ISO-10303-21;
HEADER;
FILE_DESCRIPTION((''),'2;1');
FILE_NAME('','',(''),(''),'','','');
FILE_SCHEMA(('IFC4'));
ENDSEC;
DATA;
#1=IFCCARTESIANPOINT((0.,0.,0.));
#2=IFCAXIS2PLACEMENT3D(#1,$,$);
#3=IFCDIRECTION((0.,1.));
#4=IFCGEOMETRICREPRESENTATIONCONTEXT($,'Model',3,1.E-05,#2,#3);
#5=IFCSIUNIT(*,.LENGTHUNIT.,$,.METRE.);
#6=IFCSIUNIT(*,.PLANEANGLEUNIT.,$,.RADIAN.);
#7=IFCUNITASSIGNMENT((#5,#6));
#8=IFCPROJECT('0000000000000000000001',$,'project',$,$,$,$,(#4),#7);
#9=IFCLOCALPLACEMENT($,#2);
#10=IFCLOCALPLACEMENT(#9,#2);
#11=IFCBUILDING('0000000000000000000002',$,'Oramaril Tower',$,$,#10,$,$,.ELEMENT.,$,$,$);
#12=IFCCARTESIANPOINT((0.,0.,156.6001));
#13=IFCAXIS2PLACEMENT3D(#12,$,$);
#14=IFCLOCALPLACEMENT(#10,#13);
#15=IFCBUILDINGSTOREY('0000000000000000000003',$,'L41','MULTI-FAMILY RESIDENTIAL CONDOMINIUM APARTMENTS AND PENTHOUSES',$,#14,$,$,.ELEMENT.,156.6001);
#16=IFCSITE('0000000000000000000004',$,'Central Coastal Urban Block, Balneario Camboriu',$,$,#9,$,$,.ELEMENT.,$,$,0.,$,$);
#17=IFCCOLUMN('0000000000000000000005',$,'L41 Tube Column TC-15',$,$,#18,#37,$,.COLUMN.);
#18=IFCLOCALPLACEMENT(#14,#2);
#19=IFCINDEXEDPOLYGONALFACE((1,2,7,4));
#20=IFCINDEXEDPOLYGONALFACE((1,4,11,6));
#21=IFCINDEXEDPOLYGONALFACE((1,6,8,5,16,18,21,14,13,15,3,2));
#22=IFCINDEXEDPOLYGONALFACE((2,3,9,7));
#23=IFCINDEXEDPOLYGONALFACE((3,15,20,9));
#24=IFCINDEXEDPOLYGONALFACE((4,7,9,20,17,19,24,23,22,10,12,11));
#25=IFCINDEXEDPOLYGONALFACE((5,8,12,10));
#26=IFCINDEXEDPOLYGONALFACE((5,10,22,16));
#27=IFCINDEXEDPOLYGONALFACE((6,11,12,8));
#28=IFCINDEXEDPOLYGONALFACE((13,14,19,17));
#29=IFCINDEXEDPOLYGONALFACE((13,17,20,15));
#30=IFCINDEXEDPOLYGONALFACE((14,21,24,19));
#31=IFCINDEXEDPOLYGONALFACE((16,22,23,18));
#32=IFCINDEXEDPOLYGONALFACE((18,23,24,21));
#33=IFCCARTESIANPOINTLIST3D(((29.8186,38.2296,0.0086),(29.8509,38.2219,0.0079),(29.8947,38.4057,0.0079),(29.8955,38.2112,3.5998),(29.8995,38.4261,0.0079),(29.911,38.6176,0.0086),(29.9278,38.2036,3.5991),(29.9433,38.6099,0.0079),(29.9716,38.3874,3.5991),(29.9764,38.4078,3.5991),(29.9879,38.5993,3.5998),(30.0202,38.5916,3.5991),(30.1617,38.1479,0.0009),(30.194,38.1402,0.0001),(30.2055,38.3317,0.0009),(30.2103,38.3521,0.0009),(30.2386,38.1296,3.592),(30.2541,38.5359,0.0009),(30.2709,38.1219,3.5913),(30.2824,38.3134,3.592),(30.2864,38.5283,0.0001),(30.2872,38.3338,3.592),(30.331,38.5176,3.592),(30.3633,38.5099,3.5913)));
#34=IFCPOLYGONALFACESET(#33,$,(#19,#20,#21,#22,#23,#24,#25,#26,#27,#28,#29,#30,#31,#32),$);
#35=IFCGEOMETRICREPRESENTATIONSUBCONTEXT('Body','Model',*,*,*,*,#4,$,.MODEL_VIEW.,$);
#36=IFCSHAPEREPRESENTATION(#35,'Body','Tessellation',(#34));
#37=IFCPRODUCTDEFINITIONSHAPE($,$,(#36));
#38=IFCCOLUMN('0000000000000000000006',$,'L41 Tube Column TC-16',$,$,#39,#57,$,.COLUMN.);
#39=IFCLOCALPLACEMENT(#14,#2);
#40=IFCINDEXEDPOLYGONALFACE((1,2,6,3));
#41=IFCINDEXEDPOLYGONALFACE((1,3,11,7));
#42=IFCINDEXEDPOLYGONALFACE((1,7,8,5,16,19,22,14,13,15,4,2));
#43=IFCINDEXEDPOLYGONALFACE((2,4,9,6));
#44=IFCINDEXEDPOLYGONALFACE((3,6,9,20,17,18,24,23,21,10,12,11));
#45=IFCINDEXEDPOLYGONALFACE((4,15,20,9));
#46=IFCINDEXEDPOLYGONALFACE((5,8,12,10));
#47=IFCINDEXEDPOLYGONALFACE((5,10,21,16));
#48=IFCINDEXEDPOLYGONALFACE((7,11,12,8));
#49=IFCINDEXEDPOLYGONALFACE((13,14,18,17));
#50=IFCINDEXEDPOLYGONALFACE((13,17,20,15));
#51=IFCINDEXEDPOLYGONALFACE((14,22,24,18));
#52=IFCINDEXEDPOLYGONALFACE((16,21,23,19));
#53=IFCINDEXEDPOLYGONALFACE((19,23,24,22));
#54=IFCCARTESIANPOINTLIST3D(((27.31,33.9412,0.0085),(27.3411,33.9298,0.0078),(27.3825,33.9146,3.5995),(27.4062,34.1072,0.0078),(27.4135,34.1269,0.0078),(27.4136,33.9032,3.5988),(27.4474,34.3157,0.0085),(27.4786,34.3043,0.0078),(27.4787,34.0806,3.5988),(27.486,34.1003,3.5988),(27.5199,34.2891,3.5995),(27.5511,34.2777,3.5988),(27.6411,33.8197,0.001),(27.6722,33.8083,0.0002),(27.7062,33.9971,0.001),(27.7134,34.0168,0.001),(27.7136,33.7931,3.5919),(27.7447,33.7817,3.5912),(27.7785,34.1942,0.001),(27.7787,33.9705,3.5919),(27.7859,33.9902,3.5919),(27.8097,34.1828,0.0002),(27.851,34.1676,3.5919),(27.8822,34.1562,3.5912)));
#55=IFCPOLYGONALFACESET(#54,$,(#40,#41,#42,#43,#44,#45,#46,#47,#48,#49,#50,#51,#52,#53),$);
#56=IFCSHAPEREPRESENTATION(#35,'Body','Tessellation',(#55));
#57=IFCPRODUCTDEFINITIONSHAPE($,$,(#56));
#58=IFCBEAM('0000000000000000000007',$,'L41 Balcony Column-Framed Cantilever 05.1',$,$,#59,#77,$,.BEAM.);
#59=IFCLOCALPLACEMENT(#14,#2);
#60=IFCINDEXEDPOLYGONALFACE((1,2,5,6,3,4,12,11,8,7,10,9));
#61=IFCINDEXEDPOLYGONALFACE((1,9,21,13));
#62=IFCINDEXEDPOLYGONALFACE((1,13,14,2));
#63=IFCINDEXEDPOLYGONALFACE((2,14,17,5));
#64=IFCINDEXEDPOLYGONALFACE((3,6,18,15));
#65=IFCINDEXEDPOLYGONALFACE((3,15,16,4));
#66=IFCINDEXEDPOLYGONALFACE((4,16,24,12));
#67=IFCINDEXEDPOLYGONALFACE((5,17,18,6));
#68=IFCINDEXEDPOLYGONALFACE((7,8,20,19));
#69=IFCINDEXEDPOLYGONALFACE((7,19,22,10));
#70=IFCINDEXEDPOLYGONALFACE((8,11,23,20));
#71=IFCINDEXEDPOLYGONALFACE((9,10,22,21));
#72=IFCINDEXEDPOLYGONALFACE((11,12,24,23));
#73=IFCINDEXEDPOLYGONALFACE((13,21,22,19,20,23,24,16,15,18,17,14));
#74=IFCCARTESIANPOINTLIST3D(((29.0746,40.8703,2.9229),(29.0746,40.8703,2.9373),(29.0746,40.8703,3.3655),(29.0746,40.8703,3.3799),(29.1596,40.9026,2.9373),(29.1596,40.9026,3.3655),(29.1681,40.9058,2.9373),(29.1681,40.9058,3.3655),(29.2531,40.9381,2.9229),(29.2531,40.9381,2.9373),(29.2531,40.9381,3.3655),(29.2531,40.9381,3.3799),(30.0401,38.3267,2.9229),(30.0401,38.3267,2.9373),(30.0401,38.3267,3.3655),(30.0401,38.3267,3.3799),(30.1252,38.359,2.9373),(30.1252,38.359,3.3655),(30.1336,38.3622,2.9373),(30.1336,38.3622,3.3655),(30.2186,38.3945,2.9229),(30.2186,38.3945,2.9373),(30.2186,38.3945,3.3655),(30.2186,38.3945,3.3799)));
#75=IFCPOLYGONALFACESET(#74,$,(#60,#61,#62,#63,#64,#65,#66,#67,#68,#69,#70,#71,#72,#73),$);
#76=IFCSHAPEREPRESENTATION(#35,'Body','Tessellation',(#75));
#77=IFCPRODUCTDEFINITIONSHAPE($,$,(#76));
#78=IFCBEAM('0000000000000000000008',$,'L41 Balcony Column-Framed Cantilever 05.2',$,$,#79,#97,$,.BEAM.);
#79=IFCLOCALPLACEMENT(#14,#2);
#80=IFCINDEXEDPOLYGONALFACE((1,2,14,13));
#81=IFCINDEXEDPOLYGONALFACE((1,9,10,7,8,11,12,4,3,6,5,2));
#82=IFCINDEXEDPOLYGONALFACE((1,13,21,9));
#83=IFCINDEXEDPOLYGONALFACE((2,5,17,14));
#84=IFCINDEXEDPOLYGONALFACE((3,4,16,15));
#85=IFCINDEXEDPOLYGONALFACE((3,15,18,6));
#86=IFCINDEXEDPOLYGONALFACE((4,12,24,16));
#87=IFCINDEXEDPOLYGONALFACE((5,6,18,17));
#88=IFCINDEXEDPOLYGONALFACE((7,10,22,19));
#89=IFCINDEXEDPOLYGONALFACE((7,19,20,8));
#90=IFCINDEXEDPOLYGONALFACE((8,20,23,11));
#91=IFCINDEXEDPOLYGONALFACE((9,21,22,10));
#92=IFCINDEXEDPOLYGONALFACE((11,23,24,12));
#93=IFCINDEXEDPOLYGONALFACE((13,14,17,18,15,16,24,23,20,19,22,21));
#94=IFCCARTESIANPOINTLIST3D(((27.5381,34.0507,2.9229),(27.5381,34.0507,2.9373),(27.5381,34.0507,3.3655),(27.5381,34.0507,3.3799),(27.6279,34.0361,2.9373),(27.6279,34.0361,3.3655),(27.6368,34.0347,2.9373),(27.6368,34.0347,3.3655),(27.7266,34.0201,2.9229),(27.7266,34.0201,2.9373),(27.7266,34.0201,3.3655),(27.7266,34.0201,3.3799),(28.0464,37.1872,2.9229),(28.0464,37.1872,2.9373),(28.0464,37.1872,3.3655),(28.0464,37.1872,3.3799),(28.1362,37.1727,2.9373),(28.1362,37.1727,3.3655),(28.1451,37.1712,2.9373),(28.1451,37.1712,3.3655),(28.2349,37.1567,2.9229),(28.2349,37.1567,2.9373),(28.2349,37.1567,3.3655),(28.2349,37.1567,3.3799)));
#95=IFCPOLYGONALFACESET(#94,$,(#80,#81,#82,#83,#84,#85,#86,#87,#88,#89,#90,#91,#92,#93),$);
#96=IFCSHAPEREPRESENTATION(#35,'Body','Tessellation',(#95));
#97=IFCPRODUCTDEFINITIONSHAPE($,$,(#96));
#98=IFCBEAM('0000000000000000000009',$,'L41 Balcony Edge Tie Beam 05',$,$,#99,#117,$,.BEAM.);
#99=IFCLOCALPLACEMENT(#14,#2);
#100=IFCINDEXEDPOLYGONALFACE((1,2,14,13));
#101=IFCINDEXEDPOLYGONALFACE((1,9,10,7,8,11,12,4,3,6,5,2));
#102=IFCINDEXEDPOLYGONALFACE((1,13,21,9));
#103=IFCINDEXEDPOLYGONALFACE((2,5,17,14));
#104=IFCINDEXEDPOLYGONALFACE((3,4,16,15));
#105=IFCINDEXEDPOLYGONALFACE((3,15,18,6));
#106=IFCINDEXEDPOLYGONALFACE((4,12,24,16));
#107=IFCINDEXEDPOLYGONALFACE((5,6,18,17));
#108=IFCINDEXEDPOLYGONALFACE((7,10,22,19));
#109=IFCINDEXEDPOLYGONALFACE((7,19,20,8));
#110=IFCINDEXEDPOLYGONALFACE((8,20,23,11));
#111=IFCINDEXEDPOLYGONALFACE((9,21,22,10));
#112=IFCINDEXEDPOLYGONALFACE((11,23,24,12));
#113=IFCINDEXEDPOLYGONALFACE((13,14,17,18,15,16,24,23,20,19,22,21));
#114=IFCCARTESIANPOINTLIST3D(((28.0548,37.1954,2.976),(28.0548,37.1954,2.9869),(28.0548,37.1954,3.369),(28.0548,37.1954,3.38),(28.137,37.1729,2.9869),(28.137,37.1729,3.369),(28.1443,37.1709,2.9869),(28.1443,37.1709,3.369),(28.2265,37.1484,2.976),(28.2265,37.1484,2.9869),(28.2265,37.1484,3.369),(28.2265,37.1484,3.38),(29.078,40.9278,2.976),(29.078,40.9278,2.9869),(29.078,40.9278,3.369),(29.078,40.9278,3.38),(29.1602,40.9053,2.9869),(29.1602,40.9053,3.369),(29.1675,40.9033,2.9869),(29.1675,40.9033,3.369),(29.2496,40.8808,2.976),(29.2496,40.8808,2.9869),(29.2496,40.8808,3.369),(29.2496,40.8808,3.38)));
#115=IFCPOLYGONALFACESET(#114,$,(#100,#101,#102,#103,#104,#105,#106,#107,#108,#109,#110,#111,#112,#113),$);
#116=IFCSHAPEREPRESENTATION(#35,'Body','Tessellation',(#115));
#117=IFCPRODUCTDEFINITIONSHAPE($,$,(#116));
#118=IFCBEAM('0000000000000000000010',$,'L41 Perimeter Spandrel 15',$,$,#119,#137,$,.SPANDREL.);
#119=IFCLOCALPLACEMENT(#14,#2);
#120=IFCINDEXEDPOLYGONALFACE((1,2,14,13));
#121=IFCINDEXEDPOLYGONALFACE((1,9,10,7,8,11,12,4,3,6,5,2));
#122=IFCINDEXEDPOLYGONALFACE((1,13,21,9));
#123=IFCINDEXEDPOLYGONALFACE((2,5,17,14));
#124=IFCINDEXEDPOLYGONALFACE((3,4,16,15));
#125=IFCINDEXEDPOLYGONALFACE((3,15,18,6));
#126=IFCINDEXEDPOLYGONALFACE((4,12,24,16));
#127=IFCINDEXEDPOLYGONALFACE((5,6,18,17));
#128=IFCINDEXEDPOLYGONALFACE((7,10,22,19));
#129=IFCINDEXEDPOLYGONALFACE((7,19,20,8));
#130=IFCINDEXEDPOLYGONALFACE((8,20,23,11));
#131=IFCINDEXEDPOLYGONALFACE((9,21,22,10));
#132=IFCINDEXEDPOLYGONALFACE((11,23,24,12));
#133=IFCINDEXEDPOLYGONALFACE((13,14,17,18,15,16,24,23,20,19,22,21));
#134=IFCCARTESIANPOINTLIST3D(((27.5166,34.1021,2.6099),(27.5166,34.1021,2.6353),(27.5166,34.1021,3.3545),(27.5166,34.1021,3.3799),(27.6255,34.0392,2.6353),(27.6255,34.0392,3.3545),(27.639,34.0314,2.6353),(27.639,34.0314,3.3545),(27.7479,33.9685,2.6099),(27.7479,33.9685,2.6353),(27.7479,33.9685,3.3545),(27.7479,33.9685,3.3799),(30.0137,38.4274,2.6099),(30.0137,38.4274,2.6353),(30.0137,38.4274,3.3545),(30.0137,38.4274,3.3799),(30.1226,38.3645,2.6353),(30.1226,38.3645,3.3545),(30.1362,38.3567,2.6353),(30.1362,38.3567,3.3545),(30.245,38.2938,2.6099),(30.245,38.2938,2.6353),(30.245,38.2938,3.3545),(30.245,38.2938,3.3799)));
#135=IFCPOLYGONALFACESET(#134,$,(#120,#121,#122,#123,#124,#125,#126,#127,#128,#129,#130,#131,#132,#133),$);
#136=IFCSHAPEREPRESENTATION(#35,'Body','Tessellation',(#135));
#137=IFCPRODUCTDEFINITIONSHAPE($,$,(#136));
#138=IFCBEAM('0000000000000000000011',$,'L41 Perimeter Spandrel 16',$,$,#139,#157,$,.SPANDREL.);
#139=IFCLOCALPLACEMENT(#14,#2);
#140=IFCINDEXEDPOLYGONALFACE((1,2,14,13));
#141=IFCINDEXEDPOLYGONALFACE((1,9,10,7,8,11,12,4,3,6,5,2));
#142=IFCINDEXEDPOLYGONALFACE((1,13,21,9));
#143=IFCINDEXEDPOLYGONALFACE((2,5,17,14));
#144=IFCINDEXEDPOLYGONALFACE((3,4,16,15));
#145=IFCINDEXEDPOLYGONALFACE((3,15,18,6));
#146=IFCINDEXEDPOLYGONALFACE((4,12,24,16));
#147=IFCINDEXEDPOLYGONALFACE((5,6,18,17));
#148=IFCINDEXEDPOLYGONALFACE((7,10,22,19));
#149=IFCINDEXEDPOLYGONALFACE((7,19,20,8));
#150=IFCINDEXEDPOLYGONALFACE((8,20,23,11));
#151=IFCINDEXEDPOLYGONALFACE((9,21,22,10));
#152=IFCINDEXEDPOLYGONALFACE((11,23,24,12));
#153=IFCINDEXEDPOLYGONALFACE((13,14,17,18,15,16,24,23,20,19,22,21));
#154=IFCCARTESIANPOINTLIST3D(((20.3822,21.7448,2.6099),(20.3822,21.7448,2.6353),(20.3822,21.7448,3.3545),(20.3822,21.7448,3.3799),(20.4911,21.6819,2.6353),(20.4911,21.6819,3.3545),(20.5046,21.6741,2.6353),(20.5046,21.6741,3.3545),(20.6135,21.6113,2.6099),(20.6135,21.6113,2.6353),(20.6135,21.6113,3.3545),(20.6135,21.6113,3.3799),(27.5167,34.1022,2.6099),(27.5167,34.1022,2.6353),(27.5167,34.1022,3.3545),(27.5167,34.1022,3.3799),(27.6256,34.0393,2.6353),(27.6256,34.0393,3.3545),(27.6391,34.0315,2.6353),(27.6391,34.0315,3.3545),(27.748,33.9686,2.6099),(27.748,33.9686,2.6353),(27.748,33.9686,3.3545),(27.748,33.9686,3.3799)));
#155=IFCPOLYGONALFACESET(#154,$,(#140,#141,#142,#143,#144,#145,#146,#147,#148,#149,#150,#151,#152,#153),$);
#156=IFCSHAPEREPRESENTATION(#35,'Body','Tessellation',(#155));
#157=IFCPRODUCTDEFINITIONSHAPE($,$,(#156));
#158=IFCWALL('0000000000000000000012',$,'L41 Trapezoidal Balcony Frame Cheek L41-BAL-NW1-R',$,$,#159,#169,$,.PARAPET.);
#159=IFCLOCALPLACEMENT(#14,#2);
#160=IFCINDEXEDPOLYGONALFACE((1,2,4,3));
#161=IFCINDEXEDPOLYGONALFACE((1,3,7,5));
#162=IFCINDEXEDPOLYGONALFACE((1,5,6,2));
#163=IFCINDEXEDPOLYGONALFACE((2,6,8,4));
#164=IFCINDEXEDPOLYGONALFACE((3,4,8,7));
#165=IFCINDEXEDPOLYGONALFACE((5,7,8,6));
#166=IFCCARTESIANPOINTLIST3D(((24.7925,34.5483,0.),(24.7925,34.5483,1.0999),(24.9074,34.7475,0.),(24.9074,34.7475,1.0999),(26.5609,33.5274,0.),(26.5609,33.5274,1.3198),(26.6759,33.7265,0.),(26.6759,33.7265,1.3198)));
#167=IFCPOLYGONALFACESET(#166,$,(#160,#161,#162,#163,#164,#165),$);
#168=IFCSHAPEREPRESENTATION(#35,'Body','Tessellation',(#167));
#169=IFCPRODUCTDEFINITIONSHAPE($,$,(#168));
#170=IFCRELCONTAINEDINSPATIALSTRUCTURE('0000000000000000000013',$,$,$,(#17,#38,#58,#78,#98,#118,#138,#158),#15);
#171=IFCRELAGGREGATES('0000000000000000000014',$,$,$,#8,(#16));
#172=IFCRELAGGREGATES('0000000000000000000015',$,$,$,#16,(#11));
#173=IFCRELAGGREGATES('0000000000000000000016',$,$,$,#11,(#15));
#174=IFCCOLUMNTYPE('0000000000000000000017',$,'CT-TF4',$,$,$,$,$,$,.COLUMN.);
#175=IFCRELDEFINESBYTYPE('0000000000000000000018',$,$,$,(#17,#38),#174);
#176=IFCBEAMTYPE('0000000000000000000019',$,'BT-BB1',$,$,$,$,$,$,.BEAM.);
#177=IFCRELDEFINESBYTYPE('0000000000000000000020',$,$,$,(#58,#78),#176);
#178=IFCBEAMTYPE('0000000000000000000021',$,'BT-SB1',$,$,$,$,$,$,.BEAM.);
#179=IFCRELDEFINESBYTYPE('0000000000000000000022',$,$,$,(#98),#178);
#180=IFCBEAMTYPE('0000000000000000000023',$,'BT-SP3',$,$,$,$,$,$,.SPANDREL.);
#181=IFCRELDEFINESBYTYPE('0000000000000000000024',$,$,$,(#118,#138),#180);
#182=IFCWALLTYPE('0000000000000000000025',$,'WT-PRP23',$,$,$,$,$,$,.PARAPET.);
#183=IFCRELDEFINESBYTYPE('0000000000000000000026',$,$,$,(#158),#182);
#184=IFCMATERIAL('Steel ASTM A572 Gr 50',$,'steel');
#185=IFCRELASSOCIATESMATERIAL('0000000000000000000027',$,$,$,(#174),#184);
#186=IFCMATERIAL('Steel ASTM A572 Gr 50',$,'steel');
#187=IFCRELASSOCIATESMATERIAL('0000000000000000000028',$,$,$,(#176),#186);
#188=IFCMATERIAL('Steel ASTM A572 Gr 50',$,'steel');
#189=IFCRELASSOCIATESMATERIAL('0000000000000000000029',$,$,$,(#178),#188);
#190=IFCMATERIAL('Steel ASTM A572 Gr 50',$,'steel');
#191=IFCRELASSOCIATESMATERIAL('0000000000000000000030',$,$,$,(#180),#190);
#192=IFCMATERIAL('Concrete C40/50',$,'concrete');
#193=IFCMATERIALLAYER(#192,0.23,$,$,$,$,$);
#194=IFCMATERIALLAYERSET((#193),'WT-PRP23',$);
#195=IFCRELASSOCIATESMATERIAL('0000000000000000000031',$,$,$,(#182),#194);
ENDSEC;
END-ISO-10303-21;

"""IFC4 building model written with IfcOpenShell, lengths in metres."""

from ifc_helpers import new_model, si_unit, direction, frame, origin, origin_2d, place, context, subcontext, project, spatial, polyline, i_section, outline, extrude, material, layer, layer_set, material_profile, profile_set, type_object, element, save


model = new_model("IFC4")

# Units and contexts
model_context = context("Model", 3, precision=1e-05, world=origin(), true_north=direction((0.0, 1.0)))
body_context = subcontext(model_context, "Body", "Model", "MODEL_VIEW")
ifc_project = project(units=[si_unit("LENGTHUNIT", "METRE"), si_unit("PLANEANGLEUNIT", "RADIAN")], contexts=[model_context])

# Site, building, storey
site_placement = place(None, origin())
site = spatial("IfcSite", under=ifc_project, at=site_placement, Name="Central Coastal Urban Block, Balneario Camboriu", CompositionType="ELEMENT", RefElevation=0.0)
building_placement = place(site_placement, origin())
building = spatial("IfcBuilding", under=site, at=building_placement, Name="Oramaril Tower", CompositionType="ELEMENT")
storey_placement = place(building_placement, frame((0.0, 0.0, 156.6001)))
storey = spatial("IfcBuildingStorey", under=building, at=storey_placement, Name="L41", Description="MULTI-FAMILY RESIDENTIAL CONDOMINIUM APARTMENTS AND PENTHOUSES", CompositionType="ELEMENT", Elevation=156.6001)

# Columns
ifc_material_1 = material(Name="Steel ASTM A572 Gr 50", Category="steel")
ifc_material_profile_1 = material_profile(ifc_material_1, i_section(OverallWidth=0.3989, OverallDepth=0.386, WebThickness=0.021, FlangeThickness=0.0332, at=origin_2d()), Name="W14X176")
ifc_profile_set_1 = profile_set([ifc_material_profile_1], Name="Steel ASTM A572 Gr 50")
column_type = type_object("IfcColumnType", Name="CT-TF4", PredefinedType="COLUMN", material=ifc_profile_set_1)
column_1_placement = place(storey_placement, frame((30.0525, 38.3789, 0.0044), z_axis=(0.02141, -0.005098, 0.999758), x_axis=(0.231621, 0.972806, 0.0)))
element("IfcColumn", 1, at=column_1_placement, inside=storey, type_object=column_type, Name="L41 Tube Column TC-15", PredefinedType="COLUMN", context=body_context, shape_type="SweptSolid", body=[
    extrude(i_section(OverallWidth=0.3989, OverallDepth=0.386, WebThickness=0.021, FlangeThickness=0.0332, at=origin_2d()), origin(), (0.0, 0.0, 1.0), 3.592),
])
column_2_placement = place(storey_placement, frame((27.5598, 34.062, 0.0044), z_axis=(0.020187, -0.007409, 0.999769), x_axis=(0.344533, 0.938774, 0.0)))
element("IfcColumn", 2, at=column_2_placement, inside=storey, type_object=column_type, Name="L41 Tube Column TC-16", PredefinedType="COLUMN", context=body_context, shape_type="SweptSolid", body=[
    extrude(i_section(OverallWidth=0.3989, OverallDepth=0.386, WebThickness=0.021, FlangeThickness=0.0332, at=origin_2d()), origin(), (0.0, 0.0, 1.0), 3.5918),
])

# Beams
ifc_material_2 = material(Name="Steel ASTM A572 Gr 50", Category="steel")
ifc_material_profile_2 = material_profile(ifc_material_2, i_section(OverallWidth=0.1909, OverallDepth=0.457, WebThickness=0.009, FlangeThickness=0.0144, at=origin_2d()), Name="W18X50")
ifc_profile_set_2 = profile_set([ifc_material_profile_2], Name="Steel ASTM A572 Gr 50")
beam_type_1 = type_object("IfcBeamType", Name="BT-BB1", PredefinedType="BEAM", material=ifc_profile_set_2)
beam_1_placement = place(storey_placement, frame((30.1294, 38.3606, 3.1514), z_axis=(-0.354887, 0.934909, 0.0), x_axis=(-0.934909, -0.354887, 0.0)))
element("IfcBeam", 3, at=beam_1_placement, inside=storey, type_object=beam_type_1, Name="L41 Balcony Column-Framed Cantilever 05.1", PredefinedType="BEAM", context=body_context, shape_type="SweptSolid", body=[
    extrude(i_section(OverallWidth=0.1909, OverallDepth=0.457, WebThickness=0.009, FlangeThickness=0.0144, at=origin_2d()), origin(), (0.0, 0.0, 1.0), 2.7207),
])
beam_2_placement = place(storey_placement, frame((27.6323, 34.0354, 3.1514), z_axis=(0.159974, 0.987121, 0.0), x_axis=(-0.987121, 0.159974, 0.0)))
element("IfcBeam", 4, at=beam_2_placement, inside=storey, type_object=beam_type_1, Name="L41 Balcony Column-Framed Cantilever 05.2", PredefinedType="BEAM", context=body_context, shape_type="SweptSolid", body=[
    extrude(i_section(OverallWidth=0.1909, OverallDepth=0.457, WebThickness=0.009, FlangeThickness=0.0144, at=origin_2d()), origin(), (0.0, 0.0, 1.0), 3.1775),
])
ifc_material_3 = material(Name="Steel ASTM A572 Gr 50", Category="steel")
ifc_material_profile_3 = material_profile(ifc_material_3, i_section(OverallWidth=0.178, OverallDepth=0.4041, WebThickness=0.0076, FlangeThickness=0.011, at=origin_2d()), Name="W16X36")
ifc_profile_set_3 = profile_set([ifc_material_profile_3], Name="Steel ASTM A572 Gr 50")
beam_type_2 = type_object("IfcBeamType", Name="BT-SB1", PredefinedType="BEAM", material=ifc_profile_set_3)
beam_3_placement = place(storey_placement, frame((29.1638, 40.9043, 3.178), z_axis=(-0.264382, -0.964418, 0.0), x_axis=(0.964418, -0.264382, 0.0)))
element("IfcBeam", 5, at=beam_3_placement, inside=storey, type_object=beam_type_2, Name="L41 Balcony Edge Tie Beam 05", PredefinedType="BEAM", context=body_context, shape_type="SweptSolid", body=[
    extrude(i_section(OverallWidth=0.178, OverallDepth=0.4041, WebThickness=0.0076, FlangeThickness=0.011, at=origin_2d()), origin(), (0.0, 0.0, 1.0), 3.8701),
])
ifc_material_4 = material(Name="Steel ASTM A572 Gr 50", Category="steel")
ifc_material_profile_4 = material_profile(ifc_material_4, i_section(OverallWidth=0.2671, OverallDepth=0.77, WebThickness=0.0156, FlangeThickness=0.0254, at=origin_2d()), Name="W30X132")
ifc_profile_set_4 = profile_set([ifc_material_profile_4], Name="Steel ASTM A572 Gr 50")
beam_type_3 = type_object("IfcBeamType", Name="BT-SP3", PredefinedType="SPANDREL", material=ifc_profile_set_4)
beam_4_placement = place(storey_placement, frame((30.1294, 38.3606, 2.9949), z_axis=(-0.499988, -0.866033, 0.0), x_axis=(0.866033, -0.499988, 0.0)))
element("IfcBeam", 6, at=beam_4_placement, inside=storey, type_object=beam_type_3, Name="L41 Perimeter Spandrel 15", PredefinedType="SPANDREL", context=body_context, shape_type="SweptSolid", body=[
    extrude(i_section(OverallWidth=0.2671, OverallDepth=0.77, WebThickness=0.0156, FlangeThickness=0.0254, at=origin_2d()), origin(), (0.0, 0.0, 1.0), 4.9944),
])
beam_5_placement = place(storey_placement, frame((27.6323, 34.0354, 2.9949), z_axis=(-0.499998, -0.866027, 0.0), x_axis=(0.866027, -0.499998, 0.0)))
element("IfcBeam", 7, at=beam_5_placement, inside=storey, type_object=beam_type_3, Name="L41 Perimeter Spandrel 16", PredefinedType="SPANDREL", context=body_context, shape_type="SweptSolid", body=[
    extrude(i_section(OverallWidth=0.2671, OverallDepth=0.77, WebThickness=0.0156, FlangeThickness=0.0254, at=origin_2d()), origin(), (0.0, 0.0, 1.0), 14.269),
])

# Wall
ifc_material_5 = material(Name="Concrete C40/50", Category="concrete")
ifc_layer_1 = layer(ifc_material_5, 0.23)
ifc_layer_set_1 = layer_set([ifc_layer_1], Name="WT-PRP23")
wall_type = type_object("IfcWallType", Name="WT-PRP23", PredefinedType="PARAPET", material=ifc_layer_set_1)
wall_placement = place(storey_placement, frame((26.6184, 33.627, 0.0), z_axis=(0.0, 0.0, 1.0), x_axis=(-0.866042, 0.499971, 0.0)))
element("IfcWall", 8, at=wall_placement, inside=storey, type_object=wall_type, Name="L41 Trapezoidal Balcony Frame Cheek L41-BAL-NW1-R", PredefinedType="PARAPET", context=body_context, shape_type="SweptSolid", body=[
    extrude(outline(polyline([(0.0, 0.0), (2.042, 0.0), (2.042, 1.0999), (0.0, 1.3198), (0.0, 0.0)])), frame((0.0, 0.115, 0.0), z_axis=(0.0, -1.0, 0.0), x_axis=(1.0, 0.0, 0.0)), (0.0, 0.0, 1.0), 0.23),
])

save(model, "model.ifc")
